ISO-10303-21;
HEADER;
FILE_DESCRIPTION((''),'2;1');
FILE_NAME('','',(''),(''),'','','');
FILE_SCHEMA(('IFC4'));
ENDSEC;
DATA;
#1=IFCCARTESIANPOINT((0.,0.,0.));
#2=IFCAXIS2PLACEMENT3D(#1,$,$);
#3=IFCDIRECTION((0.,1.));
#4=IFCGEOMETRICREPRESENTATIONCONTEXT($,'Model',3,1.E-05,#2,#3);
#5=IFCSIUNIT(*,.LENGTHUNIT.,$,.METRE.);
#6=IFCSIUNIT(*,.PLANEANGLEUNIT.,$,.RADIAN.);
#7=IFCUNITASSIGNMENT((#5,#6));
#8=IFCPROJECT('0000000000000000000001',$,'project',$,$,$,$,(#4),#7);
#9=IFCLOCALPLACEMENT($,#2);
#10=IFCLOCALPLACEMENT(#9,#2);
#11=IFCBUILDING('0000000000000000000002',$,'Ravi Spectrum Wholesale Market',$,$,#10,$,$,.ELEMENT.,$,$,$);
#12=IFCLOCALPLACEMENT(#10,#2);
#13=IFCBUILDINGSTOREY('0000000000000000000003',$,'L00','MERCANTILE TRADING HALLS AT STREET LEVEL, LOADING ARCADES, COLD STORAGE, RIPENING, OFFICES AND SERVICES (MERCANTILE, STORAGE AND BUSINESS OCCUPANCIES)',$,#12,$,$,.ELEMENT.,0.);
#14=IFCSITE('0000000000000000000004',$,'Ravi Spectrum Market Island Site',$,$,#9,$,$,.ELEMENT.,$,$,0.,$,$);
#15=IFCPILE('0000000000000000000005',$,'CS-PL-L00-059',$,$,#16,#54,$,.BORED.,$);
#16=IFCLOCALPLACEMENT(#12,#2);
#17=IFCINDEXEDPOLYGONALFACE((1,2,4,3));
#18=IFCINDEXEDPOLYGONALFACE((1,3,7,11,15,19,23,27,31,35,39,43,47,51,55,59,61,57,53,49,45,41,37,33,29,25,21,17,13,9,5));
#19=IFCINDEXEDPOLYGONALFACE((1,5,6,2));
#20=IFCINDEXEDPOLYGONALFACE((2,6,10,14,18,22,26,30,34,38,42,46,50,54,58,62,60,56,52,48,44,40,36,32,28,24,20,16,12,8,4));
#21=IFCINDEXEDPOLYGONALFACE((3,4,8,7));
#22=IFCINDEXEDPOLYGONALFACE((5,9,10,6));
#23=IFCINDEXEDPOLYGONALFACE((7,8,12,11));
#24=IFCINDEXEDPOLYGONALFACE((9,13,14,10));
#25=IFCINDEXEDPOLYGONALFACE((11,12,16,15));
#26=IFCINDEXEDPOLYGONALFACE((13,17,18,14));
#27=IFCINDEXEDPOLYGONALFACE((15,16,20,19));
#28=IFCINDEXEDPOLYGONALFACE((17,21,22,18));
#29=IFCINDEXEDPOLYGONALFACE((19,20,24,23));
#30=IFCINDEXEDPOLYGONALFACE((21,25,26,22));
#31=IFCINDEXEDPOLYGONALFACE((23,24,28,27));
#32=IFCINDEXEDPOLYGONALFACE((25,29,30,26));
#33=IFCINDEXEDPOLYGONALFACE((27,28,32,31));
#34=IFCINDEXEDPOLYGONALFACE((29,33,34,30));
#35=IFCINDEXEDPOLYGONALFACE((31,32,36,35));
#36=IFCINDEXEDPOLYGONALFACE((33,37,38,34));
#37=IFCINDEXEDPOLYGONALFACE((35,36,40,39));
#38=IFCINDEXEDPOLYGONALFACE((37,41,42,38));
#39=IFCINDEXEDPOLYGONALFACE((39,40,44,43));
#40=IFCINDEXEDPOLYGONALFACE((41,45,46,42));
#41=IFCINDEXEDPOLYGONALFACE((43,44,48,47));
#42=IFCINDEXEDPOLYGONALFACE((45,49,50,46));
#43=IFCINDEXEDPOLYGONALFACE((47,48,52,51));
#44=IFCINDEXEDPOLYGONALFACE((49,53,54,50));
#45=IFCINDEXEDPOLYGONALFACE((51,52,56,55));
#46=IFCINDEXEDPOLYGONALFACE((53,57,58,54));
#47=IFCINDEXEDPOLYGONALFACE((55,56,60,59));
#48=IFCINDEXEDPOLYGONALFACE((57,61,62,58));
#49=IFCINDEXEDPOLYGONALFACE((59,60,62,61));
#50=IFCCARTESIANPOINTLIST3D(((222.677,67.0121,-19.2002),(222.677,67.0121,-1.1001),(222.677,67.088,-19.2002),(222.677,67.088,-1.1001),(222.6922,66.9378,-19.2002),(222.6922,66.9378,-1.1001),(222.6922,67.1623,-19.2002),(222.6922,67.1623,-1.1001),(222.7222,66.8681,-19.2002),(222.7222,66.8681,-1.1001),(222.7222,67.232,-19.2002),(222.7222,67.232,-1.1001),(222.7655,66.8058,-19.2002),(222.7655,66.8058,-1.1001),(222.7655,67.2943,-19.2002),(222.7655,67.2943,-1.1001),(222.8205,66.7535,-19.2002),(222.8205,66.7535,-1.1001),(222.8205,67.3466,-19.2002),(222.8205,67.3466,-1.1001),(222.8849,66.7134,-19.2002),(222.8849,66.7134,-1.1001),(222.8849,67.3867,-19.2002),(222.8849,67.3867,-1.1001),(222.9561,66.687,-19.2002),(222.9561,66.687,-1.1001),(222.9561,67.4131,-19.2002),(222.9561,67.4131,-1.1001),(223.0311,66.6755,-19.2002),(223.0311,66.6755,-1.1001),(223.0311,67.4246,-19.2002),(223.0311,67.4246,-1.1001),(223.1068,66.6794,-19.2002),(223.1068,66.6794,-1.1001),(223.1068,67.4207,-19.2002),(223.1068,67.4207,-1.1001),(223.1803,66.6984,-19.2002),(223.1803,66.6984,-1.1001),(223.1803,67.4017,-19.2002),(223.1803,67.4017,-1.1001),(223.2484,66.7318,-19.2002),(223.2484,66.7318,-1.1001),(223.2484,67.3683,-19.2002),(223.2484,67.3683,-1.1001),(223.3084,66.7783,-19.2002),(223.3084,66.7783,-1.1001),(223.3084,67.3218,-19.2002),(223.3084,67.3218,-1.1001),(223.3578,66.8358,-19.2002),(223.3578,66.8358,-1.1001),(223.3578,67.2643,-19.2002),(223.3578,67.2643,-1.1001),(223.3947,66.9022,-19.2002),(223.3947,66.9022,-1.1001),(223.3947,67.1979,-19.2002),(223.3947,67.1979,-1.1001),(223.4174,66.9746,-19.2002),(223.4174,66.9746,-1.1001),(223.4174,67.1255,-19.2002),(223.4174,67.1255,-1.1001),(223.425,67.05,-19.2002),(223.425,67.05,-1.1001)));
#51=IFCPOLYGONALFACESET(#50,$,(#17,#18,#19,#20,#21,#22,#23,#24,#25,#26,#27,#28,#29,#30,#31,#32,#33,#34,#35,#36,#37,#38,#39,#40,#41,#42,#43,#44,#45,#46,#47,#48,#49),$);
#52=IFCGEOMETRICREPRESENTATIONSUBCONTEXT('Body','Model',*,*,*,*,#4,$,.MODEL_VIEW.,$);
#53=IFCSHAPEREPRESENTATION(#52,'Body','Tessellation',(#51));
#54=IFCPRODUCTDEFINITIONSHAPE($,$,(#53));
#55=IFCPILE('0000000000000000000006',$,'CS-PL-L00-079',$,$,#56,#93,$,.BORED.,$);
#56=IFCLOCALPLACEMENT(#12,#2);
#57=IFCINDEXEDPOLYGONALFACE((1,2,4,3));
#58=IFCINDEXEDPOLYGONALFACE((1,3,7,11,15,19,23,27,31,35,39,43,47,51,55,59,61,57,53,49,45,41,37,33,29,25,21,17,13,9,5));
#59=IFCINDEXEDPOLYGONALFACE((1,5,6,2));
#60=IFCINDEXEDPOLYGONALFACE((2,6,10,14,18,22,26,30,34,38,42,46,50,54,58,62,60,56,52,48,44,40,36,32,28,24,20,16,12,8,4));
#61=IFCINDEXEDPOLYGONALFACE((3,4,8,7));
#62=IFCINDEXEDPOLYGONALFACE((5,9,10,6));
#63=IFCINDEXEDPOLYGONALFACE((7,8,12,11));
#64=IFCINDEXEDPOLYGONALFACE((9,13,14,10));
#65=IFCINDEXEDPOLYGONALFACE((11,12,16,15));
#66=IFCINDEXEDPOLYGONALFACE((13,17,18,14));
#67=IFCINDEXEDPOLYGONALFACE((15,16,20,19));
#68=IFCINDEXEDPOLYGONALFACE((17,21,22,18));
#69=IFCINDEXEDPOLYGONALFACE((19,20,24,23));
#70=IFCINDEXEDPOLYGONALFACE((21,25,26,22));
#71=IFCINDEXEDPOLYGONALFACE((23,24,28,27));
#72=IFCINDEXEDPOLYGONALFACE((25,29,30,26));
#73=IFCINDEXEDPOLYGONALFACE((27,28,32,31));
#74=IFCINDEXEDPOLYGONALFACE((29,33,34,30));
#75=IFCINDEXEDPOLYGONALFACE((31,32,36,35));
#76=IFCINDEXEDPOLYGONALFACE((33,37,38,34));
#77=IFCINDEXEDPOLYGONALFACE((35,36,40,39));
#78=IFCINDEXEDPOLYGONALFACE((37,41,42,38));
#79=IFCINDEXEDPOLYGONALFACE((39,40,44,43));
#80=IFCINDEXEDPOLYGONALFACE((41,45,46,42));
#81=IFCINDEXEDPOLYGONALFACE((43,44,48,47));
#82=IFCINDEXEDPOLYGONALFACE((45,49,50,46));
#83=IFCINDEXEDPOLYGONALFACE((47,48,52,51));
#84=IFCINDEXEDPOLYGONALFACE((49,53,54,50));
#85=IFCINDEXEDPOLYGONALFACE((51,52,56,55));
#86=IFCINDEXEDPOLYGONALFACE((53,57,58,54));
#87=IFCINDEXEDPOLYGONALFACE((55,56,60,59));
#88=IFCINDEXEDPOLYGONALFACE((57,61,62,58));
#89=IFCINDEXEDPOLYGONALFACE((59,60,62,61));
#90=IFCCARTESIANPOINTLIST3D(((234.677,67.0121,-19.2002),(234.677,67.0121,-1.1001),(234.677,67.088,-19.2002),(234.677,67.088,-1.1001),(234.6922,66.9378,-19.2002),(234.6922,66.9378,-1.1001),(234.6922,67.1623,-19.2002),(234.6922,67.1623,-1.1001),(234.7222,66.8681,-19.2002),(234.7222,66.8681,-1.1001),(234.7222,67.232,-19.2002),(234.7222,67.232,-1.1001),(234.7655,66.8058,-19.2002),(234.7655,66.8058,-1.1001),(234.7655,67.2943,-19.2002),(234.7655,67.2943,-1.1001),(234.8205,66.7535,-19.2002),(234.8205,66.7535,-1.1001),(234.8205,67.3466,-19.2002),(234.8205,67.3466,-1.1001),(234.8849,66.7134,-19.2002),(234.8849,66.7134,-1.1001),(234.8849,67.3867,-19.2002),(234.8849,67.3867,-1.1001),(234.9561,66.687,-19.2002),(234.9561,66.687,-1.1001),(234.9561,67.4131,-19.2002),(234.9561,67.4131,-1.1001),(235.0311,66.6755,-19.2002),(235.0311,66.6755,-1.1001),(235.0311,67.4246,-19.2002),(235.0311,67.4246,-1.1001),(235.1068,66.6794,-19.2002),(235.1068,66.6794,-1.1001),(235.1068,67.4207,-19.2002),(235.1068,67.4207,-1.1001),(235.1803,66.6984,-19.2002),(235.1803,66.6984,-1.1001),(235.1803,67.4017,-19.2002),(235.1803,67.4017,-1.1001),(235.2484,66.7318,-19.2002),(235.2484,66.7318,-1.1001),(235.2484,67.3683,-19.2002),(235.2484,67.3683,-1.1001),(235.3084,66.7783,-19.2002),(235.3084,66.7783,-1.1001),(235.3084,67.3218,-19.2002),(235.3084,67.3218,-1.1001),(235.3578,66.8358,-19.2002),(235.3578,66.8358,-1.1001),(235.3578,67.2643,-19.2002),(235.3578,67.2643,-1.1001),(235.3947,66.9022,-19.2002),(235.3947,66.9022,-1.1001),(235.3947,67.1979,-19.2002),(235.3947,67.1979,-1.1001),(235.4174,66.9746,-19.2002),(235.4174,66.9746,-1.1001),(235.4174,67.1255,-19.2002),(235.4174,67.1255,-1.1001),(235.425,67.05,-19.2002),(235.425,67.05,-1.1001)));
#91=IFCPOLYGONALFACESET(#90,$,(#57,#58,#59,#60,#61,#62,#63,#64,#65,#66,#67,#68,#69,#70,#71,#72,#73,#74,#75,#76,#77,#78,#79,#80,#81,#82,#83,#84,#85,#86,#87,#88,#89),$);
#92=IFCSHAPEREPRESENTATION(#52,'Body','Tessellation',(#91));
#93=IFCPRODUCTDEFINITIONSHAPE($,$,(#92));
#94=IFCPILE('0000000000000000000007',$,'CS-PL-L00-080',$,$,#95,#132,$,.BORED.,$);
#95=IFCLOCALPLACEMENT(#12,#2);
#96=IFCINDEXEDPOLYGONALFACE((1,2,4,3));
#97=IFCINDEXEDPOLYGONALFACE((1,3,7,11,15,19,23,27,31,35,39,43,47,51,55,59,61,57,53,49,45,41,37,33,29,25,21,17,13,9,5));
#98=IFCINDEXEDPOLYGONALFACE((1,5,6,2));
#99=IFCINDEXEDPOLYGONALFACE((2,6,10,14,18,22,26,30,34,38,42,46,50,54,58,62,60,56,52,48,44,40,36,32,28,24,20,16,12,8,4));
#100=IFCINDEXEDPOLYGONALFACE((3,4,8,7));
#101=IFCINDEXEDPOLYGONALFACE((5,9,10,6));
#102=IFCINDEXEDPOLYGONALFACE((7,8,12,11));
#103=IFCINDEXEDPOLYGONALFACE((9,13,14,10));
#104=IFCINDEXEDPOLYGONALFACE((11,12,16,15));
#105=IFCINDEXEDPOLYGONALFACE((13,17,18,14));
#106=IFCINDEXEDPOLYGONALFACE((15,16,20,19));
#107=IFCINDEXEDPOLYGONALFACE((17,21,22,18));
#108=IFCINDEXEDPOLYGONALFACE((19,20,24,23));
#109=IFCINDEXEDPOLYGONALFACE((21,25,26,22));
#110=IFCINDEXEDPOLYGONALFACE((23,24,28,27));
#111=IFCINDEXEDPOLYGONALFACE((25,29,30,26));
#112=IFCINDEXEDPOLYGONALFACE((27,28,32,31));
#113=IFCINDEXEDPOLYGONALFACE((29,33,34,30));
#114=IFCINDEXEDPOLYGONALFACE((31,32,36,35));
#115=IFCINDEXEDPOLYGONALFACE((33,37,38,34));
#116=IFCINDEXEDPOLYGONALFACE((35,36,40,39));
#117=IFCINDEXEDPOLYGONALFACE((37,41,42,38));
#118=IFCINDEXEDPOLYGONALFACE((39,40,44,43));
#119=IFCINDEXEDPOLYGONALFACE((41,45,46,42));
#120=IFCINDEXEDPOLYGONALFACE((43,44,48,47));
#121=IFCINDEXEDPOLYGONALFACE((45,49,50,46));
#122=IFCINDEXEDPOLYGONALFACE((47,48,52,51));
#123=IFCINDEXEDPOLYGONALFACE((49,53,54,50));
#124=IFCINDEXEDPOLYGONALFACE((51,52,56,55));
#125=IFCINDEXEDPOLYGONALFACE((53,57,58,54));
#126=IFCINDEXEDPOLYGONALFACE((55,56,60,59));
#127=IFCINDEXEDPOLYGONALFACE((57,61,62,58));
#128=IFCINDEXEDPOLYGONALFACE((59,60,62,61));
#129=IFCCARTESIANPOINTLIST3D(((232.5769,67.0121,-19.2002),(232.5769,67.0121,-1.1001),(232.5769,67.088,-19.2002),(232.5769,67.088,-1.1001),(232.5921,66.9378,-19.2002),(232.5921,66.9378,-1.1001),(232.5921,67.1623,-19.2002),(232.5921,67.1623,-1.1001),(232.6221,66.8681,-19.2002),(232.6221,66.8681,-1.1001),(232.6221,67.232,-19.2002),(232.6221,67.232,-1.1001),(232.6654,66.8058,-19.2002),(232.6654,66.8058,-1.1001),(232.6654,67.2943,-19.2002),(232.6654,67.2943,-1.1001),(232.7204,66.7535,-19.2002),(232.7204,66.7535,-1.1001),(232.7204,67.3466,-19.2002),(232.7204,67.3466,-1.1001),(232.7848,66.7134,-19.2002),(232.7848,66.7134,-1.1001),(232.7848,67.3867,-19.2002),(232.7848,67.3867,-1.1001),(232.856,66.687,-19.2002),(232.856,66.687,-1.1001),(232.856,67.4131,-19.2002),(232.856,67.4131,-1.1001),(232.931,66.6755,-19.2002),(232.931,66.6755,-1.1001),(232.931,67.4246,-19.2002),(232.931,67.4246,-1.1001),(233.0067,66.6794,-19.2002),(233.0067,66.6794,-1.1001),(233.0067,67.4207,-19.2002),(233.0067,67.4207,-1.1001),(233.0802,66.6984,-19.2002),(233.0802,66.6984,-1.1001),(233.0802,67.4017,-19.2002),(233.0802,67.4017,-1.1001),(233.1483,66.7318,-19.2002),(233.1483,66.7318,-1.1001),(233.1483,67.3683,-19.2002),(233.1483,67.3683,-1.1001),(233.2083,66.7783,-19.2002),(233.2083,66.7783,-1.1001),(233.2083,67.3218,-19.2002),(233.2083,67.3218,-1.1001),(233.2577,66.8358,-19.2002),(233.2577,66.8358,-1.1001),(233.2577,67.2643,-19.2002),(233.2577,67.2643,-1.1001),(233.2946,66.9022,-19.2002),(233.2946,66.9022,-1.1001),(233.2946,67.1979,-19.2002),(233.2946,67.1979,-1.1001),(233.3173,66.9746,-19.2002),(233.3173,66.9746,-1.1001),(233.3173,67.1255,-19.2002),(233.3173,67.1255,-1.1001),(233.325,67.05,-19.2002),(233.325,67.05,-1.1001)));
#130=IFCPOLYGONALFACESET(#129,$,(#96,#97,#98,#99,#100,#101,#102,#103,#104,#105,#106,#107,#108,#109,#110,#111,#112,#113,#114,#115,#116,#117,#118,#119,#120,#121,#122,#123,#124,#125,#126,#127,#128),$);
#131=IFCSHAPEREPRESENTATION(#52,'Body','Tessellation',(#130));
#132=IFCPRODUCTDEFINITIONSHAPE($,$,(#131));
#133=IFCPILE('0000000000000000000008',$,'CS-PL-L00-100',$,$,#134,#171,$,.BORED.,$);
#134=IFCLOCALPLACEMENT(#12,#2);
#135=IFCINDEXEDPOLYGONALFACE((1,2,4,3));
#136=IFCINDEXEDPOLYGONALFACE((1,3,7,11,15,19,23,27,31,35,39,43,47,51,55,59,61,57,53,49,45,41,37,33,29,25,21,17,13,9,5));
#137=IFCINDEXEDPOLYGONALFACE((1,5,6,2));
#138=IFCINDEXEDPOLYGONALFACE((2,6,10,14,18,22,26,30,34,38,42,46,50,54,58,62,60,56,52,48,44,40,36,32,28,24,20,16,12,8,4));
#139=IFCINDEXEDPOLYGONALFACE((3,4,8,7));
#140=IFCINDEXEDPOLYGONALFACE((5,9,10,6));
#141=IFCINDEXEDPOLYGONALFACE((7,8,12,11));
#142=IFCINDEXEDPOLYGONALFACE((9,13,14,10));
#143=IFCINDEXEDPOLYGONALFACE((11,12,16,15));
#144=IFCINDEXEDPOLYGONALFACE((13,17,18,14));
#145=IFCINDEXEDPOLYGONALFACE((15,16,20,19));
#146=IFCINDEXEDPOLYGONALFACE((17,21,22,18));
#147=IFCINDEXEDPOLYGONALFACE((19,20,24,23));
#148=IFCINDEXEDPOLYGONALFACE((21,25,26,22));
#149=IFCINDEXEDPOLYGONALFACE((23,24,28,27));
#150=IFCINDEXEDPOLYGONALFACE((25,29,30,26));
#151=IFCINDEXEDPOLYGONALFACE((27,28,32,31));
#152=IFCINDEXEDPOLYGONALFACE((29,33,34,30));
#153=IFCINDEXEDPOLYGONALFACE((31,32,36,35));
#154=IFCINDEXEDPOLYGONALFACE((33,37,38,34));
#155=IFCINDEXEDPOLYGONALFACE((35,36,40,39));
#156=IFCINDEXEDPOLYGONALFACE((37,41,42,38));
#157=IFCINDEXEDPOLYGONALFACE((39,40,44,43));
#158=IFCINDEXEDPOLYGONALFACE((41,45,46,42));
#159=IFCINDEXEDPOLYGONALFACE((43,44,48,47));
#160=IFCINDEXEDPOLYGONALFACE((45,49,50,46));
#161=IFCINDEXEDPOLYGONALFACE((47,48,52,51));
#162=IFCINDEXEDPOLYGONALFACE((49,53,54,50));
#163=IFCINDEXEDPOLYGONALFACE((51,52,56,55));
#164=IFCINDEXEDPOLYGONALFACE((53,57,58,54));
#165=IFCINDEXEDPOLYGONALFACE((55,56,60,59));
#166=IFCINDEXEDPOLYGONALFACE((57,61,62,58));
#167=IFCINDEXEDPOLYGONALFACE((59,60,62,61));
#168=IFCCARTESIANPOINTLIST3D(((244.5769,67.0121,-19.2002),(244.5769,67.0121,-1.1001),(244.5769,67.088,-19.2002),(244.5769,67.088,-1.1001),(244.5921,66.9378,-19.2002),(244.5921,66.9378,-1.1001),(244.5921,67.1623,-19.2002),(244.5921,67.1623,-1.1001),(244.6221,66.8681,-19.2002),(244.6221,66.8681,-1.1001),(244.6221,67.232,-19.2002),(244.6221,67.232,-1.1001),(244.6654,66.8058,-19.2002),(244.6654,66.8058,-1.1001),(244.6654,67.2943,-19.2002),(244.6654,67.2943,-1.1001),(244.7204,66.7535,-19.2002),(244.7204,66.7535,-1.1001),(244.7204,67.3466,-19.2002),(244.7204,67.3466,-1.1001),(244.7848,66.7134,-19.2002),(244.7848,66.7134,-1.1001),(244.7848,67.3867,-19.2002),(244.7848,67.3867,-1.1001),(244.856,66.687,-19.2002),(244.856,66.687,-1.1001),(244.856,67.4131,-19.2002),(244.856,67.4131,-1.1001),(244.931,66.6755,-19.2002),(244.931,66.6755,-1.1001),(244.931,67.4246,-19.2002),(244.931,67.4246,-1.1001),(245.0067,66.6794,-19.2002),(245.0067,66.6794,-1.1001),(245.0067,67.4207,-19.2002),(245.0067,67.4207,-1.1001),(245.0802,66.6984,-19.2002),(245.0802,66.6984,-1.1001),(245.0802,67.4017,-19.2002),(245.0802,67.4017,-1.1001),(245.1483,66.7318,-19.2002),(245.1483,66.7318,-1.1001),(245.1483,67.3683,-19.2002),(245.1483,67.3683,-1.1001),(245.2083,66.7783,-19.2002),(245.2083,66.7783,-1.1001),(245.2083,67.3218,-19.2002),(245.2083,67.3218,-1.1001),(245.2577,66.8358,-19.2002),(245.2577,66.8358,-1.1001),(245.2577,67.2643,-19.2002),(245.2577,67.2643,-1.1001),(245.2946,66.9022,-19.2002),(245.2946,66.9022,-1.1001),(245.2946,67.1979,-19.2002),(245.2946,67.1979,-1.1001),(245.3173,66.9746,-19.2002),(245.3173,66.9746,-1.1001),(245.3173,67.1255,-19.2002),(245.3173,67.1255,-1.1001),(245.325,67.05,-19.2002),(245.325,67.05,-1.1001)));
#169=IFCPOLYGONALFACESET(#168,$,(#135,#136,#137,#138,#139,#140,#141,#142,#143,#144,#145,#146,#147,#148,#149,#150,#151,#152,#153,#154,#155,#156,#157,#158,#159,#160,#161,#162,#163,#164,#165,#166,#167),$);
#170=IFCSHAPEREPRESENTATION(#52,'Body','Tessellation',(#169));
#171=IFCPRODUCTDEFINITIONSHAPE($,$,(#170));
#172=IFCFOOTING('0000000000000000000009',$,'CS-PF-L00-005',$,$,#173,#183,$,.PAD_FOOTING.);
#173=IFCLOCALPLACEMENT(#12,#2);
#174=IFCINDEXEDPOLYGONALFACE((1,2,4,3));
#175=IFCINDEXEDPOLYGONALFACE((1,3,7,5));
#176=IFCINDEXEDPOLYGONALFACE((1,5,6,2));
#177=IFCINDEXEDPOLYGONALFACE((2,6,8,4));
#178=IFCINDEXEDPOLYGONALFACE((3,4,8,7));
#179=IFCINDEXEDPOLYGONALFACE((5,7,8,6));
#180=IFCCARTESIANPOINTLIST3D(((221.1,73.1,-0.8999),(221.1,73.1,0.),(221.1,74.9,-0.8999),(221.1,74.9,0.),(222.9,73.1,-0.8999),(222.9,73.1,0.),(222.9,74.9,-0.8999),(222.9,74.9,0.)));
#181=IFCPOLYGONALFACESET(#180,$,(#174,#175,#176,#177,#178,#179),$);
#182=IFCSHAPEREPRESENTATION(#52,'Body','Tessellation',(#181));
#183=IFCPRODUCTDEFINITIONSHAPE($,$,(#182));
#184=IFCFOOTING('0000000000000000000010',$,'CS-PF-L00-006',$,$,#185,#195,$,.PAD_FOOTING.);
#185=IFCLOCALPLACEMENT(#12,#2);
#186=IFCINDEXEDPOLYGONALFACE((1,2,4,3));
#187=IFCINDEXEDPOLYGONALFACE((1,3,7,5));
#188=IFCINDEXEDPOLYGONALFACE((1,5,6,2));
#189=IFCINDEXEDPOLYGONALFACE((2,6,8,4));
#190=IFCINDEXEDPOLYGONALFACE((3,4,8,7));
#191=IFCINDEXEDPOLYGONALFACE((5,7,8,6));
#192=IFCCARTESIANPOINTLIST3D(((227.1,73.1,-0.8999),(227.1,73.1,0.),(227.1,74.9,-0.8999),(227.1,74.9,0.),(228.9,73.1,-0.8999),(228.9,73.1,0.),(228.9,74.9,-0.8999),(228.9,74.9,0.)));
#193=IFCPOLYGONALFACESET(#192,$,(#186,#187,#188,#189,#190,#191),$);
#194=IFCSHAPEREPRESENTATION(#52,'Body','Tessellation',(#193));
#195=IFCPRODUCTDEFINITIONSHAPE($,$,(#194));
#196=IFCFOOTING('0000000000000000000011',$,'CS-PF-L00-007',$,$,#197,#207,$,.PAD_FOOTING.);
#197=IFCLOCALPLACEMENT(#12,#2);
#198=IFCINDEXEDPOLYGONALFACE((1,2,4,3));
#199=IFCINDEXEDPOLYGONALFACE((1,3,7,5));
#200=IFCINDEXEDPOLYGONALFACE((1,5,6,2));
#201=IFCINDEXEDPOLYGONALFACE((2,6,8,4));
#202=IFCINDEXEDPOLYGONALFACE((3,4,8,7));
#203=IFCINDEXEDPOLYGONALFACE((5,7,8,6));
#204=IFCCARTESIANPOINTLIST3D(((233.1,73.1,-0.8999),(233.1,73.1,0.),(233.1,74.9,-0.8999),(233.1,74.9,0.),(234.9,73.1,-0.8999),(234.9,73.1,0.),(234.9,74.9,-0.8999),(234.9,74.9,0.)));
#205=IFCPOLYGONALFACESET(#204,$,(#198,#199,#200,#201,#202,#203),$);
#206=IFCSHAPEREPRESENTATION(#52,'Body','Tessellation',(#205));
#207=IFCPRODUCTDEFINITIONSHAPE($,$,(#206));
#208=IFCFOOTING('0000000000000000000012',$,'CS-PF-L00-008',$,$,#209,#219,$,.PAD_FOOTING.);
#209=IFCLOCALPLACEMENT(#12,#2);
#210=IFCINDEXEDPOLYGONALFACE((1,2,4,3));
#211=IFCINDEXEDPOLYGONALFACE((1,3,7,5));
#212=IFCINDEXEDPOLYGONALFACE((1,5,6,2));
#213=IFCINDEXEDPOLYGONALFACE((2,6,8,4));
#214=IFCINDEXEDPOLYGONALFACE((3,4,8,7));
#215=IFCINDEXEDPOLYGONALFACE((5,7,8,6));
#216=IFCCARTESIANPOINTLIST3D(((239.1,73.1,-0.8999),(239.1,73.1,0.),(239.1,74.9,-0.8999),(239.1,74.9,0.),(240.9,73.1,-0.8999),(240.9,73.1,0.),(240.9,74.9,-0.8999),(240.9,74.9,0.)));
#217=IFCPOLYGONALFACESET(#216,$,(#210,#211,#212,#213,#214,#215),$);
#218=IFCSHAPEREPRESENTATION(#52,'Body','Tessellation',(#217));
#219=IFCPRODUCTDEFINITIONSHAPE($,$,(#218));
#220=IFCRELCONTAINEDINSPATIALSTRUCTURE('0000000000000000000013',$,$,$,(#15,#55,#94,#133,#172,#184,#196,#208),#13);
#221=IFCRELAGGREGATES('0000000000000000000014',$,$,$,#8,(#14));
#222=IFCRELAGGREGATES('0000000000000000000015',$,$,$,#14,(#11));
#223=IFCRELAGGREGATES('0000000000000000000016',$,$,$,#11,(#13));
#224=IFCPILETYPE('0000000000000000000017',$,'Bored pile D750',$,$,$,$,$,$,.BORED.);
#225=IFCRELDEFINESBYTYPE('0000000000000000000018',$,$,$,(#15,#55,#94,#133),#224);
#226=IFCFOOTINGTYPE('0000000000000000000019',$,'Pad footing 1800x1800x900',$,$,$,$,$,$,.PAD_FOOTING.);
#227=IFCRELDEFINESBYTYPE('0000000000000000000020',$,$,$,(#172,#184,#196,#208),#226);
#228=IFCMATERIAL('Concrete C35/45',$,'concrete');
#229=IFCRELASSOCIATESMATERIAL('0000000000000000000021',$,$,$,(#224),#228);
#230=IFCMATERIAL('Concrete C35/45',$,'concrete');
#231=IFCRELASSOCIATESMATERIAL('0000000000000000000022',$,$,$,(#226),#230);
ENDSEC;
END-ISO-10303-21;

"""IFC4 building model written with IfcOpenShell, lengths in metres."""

from ifc_helpers import new_model, si_unit, direction, frame, origin, origin_2d, place, context, subcontext, project, spatial, rectangle, circle, extrude, material, material_profile, profile_set, type_object, element, save


model = new_model("IFC4")

# Units and contexts
model_context = context("Model", 3, precision=1e-05, world=origin(), true_north=direction((0.0, 1.0)))
body_context = subcontext(model_context, "Body", "Model", "MODEL_VIEW")
ifc_project = project(units=[si_unit("LENGTHUNIT", "METRE"), si_unit("PLANEANGLEUNIT", "RADIAN")], contexts=[model_context])

# Site, building, storey
site_placement = place(None, origin())
site = spatial("IfcSite", under=ifc_project, at=site_placement, Name="Ravi Spectrum Market Island Site", CompositionType="ELEMENT", RefElevation=0.0)
building_placement = place(site_placement, origin())
building = spatial("IfcBuilding", under=site, at=building_placement, Name="Ravi Spectrum Wholesale Market", CompositionType="ELEMENT")
storey_placement = place(building_placement, origin())
storey = spatial("IfcBuildingStorey", under=building, at=storey_placement, Name="L00", Description="MERCANTILE TRADING HALLS AT STREET LEVEL, LOADING ARCADES, COLD STORAGE, RIPENING, OFFICES AND SERVICES (MERCANTILE, STORAGE AND BUSINESS OCCUPANCIES)", CompositionType="ELEMENT", Elevation=0.0)

# Piles
ifc_material_1 = material(Name="Concrete C35/45", Category="concrete")
ifc_material_profile_1 = material_profile(ifc_material_1, circle(Radius=0.375, at=origin_2d()))
ifc_profile_set_1 = profile_set([ifc_material_profile_1], Name="Concrete C35/45")
pile_type = type_object("IfcPileType", Name="Bored pile D750", PredefinedType="BORED", material=ifc_profile_set_1)
for number, where, z_axis, x_axis, name in (
    (1, (223.05, 67.05, -1.1001), (0.0, 0.0, -1.0), (1.0, 0.0, 0.0), "CS-PL-L00-059"),
    (2, (235.05, 67.05, -1.1001), (0.0, 0.0, -1.0), (1.0, 0.0, 0.0), "CS-PL-L00-079"),
    (3, (232.95, 67.05, -1.1001), (0.0, 0.0, -1.0), (1.0, 0.0, 0.0), "CS-PL-L00-080"),
    (4, (244.95, 67.05, -1.1001), (0.0, 0.0, -1.0), (1.0, 0.0, 0.0), "CS-PL-L00-100"),
):
    element("IfcPile", number, at=place(storey_placement, frame(where, z_axis=z_axis, x_axis=x_axis)), inside=storey, type_object=pile_type, Name=name, PredefinedType="BORED", context=body_context, shape_type="SweptSolid", body=[
        extrude(circle(Radius=0.375, at=origin_2d()), origin(), (0.0, 0.0, 1.0), 18.1001),
    ])

# Footings
ifc_material_2 = material(Name="Concrete C35/45", Category="concrete")
footing_type_1 = type_object("IfcFootingType", Name="Pad footing 1800x1800x900", PredefinedType="PAD_FOOTING", material=ifc_material_2)
for number, where, z_axis, x_axis, name in (
    (5, (222.0, 74.0, -0.8999), (0.0, 0.0, 1.0), (1.0, 0.0, 0.0), "CS-PF-L00-005"),
    (6, (228.0, 74.0, -0.8999), (0.0, 0.0, 1.0), (1.0, 0.0, 0.0), "CS-PF-L00-006"),
    (7, (234.0, 74.0, -0.8999), (0.0, 0.0, 1.0), (1.0, 0.0, 0.0), "CS-PF-L00-007"),
    (8, (240.0, 74.0, -0.8999), (0.0, 0.0, 1.0), (1.0, 0.0, 0.0), "CS-PF-L00-008"),
):
    element("IfcFooting", number, at=place(storey_placement, frame(where, z_axis=z_axis, x_axis=x_axis)), inside=storey, type_object=footing_type_1, Name=name, PredefinedType="PAD_FOOTING", context=body_context, shape_type="SweptSolid", body=[
        extrude(rectangle(XDim=1.8, YDim=1.8, at=origin_2d()), origin(), (0.0, 0.0, 1.0), 0.8999),
    ])

save(model, "model.ifc")
